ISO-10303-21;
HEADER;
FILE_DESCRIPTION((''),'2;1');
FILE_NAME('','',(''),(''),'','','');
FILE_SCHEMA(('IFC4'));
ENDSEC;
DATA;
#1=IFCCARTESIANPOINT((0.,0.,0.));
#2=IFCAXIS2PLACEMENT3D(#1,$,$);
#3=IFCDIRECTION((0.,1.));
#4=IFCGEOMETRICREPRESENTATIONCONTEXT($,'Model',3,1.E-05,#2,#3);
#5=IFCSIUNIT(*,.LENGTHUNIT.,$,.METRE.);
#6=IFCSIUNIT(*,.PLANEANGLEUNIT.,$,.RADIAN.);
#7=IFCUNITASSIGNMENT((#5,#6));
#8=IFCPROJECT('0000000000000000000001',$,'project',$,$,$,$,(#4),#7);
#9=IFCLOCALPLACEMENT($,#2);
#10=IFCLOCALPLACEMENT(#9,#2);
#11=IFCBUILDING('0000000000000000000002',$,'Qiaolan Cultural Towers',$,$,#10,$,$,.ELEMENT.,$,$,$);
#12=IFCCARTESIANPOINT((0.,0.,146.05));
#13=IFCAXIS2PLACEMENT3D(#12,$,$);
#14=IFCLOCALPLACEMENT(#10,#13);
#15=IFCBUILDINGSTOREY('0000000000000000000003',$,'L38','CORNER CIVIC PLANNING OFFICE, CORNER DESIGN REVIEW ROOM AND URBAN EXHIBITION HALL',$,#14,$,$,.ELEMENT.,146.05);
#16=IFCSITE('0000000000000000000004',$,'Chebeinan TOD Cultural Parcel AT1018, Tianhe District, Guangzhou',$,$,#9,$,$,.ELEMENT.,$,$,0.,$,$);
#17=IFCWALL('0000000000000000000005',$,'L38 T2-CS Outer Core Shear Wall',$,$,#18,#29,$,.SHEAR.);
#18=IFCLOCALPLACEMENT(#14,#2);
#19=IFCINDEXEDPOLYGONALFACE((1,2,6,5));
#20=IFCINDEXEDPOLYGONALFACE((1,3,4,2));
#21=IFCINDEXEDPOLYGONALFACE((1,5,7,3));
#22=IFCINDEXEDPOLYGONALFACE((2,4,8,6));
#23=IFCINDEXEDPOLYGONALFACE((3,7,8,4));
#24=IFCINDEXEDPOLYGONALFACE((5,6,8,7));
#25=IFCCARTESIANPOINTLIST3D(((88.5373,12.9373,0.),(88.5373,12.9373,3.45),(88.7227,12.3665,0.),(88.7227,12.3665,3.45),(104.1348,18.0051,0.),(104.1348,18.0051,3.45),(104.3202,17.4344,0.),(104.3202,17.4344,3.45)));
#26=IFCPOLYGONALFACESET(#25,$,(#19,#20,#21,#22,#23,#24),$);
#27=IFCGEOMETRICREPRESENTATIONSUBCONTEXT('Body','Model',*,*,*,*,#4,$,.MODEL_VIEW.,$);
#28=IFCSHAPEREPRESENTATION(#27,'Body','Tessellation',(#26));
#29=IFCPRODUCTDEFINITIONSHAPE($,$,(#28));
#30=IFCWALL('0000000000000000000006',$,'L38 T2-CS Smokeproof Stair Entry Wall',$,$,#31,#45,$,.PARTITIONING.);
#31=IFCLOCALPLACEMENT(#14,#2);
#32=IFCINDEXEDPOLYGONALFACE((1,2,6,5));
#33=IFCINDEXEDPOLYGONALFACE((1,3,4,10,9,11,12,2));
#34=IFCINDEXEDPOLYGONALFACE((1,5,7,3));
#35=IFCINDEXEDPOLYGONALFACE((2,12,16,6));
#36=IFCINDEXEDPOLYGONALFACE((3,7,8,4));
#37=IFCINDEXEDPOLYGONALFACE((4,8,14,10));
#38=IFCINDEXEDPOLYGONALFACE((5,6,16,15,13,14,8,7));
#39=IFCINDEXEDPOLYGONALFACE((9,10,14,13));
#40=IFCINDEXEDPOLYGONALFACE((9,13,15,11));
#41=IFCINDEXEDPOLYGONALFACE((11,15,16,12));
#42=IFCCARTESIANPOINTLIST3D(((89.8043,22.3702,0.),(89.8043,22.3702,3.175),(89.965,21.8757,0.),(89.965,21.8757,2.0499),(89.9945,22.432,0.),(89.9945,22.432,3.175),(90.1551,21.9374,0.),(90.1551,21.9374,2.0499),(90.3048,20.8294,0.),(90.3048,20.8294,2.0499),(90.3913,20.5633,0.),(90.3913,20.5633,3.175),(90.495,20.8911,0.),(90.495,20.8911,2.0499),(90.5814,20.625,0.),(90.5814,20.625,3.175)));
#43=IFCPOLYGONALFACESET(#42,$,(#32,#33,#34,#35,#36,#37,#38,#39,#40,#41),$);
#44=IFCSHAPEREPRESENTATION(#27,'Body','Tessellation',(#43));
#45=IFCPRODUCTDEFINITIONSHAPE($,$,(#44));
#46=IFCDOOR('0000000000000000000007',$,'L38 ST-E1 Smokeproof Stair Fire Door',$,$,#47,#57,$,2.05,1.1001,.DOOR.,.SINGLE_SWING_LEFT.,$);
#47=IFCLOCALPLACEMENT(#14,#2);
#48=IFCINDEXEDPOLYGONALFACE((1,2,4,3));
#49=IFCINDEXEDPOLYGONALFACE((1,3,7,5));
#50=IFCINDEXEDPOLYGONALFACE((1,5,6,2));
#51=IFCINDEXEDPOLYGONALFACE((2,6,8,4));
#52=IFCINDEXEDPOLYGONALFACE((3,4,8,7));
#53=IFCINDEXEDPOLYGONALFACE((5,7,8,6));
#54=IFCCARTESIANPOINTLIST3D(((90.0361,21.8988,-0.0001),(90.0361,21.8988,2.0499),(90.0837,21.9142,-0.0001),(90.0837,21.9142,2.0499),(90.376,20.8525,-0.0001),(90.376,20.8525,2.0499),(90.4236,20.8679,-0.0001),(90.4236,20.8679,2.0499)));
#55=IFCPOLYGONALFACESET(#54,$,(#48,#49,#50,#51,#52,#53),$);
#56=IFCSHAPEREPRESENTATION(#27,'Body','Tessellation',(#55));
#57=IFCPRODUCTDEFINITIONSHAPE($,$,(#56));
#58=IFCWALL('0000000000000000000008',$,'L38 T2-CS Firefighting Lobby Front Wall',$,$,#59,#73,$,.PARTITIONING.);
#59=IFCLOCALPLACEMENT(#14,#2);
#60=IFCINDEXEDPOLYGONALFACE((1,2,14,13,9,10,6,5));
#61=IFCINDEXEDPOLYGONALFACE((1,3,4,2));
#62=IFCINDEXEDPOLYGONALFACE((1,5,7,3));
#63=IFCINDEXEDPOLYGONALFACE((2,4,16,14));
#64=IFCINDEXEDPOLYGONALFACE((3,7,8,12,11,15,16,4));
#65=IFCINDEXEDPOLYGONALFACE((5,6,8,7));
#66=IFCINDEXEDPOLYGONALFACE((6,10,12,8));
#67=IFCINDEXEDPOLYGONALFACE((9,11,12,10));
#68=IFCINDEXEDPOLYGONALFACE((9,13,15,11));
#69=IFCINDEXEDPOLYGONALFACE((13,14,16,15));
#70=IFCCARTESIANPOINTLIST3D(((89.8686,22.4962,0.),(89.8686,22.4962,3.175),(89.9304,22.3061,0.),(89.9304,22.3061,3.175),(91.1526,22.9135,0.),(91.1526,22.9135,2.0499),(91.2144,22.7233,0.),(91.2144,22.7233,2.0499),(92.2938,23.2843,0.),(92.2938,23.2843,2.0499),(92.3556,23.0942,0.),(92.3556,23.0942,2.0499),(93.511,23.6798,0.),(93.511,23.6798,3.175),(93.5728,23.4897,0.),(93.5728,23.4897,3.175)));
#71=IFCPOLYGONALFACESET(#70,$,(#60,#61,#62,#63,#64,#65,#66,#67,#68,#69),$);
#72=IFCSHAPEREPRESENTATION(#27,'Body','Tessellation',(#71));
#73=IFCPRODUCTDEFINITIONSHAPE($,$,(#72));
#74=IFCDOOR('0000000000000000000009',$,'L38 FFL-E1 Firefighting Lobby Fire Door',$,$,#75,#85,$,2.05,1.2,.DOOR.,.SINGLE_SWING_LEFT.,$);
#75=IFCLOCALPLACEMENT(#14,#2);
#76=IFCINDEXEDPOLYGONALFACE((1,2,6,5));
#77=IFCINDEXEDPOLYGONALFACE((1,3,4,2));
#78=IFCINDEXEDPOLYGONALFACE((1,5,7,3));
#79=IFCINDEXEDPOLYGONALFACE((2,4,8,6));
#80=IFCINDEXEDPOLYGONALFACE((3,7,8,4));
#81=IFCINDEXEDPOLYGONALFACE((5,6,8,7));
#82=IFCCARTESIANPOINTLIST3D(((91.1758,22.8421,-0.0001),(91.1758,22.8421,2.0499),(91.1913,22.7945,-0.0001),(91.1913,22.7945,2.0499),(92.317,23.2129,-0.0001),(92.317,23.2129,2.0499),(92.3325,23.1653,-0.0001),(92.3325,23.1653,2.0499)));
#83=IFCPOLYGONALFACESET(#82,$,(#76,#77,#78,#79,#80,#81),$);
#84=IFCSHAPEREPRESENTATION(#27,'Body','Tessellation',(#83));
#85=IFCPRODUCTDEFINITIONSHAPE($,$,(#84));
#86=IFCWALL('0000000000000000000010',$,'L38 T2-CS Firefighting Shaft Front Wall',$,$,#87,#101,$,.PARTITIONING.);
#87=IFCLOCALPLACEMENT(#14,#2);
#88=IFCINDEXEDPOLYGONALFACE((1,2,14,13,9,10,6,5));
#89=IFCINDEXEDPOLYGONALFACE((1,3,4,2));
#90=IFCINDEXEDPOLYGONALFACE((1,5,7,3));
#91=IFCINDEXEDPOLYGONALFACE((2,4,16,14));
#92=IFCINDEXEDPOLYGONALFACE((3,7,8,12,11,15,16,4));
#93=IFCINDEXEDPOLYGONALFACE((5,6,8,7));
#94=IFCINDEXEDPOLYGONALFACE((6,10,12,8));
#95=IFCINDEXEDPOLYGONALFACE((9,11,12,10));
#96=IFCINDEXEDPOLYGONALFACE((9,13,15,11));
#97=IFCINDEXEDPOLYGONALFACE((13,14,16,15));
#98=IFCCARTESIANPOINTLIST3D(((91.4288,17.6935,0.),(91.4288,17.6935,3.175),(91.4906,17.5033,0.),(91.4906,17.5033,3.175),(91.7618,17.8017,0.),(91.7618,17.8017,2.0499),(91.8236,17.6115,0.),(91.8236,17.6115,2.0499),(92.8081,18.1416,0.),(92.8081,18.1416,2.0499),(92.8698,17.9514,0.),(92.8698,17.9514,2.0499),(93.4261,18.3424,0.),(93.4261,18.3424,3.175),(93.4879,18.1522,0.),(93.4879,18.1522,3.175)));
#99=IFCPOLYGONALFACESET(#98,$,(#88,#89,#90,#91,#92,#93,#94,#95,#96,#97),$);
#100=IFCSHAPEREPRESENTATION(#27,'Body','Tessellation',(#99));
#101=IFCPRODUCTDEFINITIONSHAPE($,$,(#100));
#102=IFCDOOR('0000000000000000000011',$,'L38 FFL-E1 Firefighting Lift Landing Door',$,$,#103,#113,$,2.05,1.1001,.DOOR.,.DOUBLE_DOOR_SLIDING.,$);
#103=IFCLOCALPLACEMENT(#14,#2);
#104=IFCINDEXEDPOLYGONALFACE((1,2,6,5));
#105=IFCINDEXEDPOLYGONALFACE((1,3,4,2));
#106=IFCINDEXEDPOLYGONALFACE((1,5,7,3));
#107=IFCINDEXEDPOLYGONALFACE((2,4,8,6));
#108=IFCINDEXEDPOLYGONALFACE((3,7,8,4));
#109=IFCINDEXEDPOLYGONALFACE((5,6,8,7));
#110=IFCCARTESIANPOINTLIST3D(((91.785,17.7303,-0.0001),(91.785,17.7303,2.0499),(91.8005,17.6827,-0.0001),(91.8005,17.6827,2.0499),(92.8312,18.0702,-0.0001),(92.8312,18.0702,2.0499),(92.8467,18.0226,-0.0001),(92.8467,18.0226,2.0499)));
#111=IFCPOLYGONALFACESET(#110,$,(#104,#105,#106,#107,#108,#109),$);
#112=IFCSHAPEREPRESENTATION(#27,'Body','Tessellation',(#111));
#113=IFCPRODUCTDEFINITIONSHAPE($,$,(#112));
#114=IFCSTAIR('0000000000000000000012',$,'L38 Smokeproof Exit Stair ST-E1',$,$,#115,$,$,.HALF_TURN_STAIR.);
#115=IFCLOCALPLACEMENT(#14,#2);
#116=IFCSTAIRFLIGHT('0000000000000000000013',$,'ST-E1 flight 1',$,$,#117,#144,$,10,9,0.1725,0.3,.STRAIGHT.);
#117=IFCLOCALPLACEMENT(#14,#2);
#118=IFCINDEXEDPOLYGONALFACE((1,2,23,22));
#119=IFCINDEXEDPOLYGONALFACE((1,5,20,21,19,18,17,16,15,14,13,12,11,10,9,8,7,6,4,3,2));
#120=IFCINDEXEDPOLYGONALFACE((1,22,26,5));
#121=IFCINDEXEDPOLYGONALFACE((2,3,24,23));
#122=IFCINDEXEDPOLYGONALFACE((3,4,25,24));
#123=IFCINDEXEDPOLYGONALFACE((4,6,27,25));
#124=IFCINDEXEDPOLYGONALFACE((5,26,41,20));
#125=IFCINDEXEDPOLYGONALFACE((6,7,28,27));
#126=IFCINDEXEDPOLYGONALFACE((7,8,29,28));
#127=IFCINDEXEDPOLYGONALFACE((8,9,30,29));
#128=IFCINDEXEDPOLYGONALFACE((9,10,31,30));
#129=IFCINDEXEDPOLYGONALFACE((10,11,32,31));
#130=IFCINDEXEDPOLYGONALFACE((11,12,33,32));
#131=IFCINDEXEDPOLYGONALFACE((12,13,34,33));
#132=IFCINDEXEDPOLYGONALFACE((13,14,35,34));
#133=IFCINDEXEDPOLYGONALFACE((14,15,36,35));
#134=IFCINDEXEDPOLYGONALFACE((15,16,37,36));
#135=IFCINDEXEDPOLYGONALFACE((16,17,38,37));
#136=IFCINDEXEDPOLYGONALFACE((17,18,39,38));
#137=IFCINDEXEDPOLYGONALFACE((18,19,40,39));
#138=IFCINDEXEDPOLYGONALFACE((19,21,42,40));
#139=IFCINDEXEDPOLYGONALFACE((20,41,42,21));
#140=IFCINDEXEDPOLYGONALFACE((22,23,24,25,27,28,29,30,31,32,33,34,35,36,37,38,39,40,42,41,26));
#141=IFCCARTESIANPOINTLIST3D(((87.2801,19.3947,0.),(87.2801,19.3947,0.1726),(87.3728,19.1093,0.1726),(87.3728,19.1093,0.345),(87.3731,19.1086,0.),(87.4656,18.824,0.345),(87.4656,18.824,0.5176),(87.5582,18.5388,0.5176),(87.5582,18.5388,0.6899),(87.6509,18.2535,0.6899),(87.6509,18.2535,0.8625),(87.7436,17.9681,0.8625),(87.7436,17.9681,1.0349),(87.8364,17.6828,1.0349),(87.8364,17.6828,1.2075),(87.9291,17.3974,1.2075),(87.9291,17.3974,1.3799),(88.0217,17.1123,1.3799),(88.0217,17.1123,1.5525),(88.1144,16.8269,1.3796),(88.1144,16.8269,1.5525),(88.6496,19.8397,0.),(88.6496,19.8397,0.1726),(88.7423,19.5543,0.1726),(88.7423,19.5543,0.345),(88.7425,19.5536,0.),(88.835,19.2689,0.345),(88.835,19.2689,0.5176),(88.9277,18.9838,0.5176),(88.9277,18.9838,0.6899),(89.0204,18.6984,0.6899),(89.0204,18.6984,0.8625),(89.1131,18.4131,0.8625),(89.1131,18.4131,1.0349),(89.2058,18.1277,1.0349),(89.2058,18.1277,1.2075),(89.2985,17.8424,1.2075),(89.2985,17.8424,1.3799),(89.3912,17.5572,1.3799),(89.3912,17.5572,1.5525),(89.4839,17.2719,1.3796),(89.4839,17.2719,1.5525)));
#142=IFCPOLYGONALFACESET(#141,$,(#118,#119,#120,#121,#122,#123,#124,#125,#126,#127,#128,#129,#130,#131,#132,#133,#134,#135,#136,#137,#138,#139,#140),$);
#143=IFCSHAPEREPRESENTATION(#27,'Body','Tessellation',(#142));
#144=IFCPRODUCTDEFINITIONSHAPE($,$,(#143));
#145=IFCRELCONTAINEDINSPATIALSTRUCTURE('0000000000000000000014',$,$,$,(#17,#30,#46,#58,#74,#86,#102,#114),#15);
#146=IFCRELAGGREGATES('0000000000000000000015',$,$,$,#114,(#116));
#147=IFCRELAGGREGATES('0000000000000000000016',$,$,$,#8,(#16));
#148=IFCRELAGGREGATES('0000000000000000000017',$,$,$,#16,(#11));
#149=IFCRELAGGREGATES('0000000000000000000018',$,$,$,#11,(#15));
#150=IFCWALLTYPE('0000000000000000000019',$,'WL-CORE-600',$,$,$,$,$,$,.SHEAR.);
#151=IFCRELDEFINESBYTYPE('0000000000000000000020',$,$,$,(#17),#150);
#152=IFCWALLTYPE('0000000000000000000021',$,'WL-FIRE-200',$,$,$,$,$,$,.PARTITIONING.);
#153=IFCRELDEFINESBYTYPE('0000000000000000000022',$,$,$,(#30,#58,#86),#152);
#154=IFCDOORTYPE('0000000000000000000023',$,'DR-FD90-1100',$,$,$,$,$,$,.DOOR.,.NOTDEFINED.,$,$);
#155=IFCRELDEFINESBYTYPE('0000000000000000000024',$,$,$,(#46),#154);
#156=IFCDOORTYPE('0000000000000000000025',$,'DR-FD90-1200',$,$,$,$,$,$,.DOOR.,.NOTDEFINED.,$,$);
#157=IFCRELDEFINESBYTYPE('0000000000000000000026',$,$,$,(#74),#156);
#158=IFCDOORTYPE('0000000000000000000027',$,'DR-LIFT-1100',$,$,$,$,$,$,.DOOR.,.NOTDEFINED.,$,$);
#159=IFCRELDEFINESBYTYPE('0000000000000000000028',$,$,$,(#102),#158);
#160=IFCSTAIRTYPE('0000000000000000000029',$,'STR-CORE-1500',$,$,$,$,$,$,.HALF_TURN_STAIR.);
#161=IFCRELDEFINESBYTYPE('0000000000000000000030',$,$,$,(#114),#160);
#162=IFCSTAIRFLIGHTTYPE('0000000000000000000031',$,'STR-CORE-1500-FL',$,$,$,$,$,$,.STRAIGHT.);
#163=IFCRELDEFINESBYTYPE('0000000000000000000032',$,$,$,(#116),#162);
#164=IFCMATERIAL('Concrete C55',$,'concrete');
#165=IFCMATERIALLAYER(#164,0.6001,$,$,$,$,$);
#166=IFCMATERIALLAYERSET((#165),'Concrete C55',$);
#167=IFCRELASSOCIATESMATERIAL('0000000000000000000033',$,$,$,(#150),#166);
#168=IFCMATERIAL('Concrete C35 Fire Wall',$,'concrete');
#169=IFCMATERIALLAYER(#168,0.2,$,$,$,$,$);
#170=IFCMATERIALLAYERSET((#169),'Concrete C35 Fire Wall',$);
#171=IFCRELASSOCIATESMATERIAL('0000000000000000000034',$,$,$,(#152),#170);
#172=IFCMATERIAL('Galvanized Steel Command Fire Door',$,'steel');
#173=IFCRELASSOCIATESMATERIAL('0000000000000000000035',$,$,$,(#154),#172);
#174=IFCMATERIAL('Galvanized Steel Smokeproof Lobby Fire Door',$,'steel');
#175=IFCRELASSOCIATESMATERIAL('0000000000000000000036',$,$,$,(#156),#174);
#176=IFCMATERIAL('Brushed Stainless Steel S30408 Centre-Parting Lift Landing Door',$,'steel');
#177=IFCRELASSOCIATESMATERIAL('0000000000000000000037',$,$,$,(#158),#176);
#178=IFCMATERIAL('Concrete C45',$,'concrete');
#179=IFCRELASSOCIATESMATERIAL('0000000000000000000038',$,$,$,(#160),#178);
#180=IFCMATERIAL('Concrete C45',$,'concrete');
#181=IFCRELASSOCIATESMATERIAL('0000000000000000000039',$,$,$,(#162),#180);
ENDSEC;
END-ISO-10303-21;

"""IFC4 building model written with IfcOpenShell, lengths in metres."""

from ifc_helpers import new_model, si_unit, direction, frame, frame_2d, origin, place, context, subcontext, project, spatial, polyline, rectangle, outline, extrude, material, layer, layer_set, type_object, element, fill, aggregate, save


model = new_model("IFC4")

# Units and contexts
model_context = context("Model", 3, precision=1e-05, world=origin(), true_north=direction((0.0, 1.0)))
body_context = subcontext(model_context, "Body", "Model", "MODEL_VIEW")
ifc_project = project(units=[si_unit("LENGTHUNIT", "METRE"), si_unit("PLANEANGLEUNIT", "RADIAN")], contexts=[model_context])

# Site, building, storey
site_placement = place(None, origin())
site = spatial("IfcSite", under=ifc_project, at=site_placement, Name="Chebeinan TOD Cultural Parcel AT1018, Tianhe District, Guangzhou", CompositionType="ELEMENT", RefElevation=0.0)
building_placement = place(site_placement, origin())
building = spatial("IfcBuilding", under=site, at=building_placement, Name="Qiaolan Cultural Towers", CompositionType="ELEMENT")
storey_placement = place(building_placement, frame((0.0, 0.0, 146.05)))
storey = spatial("IfcBuildingStorey", under=building, at=storey_placement, Name="L38", Description="CORNER CIVIC PLANNING OFFICE, CORNER DESIGN REVIEW ROOM AND URBAN EXHIBITION HALL", CompositionType="ELEMENT", Elevation=146.05)

# Wall
ifc_material_1 = material(Name="Concrete C55", Category="concrete")
ifc_layer_1 = layer(ifc_material_1, 0.6001)
ifc_layer_set_1 = layer_set([ifc_layer_1], Name="Concrete C55")
wall_type_1 = type_object("IfcWallType", Name="WL-CORE-600", PredefinedType="SHEAR", material=ifc_layer_set_1)
wall_1_placement = place(storey_placement, frame((88.6299, 12.6519, 0.0), z_axis=(0.0, 0.0, 1.0), x_axis=(0.951057, 0.309015, 0.0)))
element("IfcWall", 1, at=wall_1_placement, inside=storey, type_object=wall_type_1, Name="L38 T2-CS Outer Core Shear Wall", PredefinedType="SHEAR", context=body_context, shape_type="SweptSolid", body=[
    extrude(rectangle(XDim=16.4001, YDim=0.6001, at=frame_2d((8.2002, 0.0))), origin(), (0.0, 0.0, 1.0), 3.45),
])

# Walls, openings, doors
ifc_material_2 = material(Name="Concrete C35 Fire Wall", Category="concrete")
ifc_layer_2 = layer(ifc_material_2, 0.2)
ifc_layer_set_2 = layer_set([ifc_layer_2], Name="Concrete C35 Fire Wall")
wall_type_2 = type_object("IfcWallType", Name="WL-FIRE-200", PredefinedType="PARTITIONING", material=ifc_layer_set_2)
wall_2_placement = place(storey_placement, frame((89.8994, 22.4011, 0.0), z_axis=(0.0, 0.0, 1.0), x_axis=(0.308932, -0.951084, 0.0)))
wall_2 = element("IfcWall", 2, at=wall_2_placement, inside=storey, type_object=wall_type_2, Name="L38 T2-CS Smokeproof Stair Entry Wall", PredefinedType="PARTITIONING", context=body_context, shape_type="SweptSolid", body=[
    extrude(rectangle(XDim=1.8999, YDim=0.2, at=frame_2d((0.95, 0.0))), origin(), (0.0, 0.0, 1.0), 3.175),
])
opening_1_placement = place(wall_2_placement, frame((0.52, 0.0, 0.0)))
opening_1 = element("IfcOpeningElement", 3, at=opening_1_placement, cuts=wall_2, PredefinedType="OPENING", context=body_context, shape_type="SweptSolid", body=[
    extrude(rectangle(XDim=1.1001, YDim=2.05, at=frame_2d((0.55, 1.0249))), frame((0.0, 0.1099, 0.0), z_axis=(0.0, -1.0, 0.0), x_axis=(1.0, 0.0, 0.0)), (0.0, 0.0, 1.0), 0.22),
])
ifc_material_3 = material(Name="Galvanized Steel Command Fire Door", Category="steel")
door_type_1 = type_object("IfcDoorType", Name="DR-FD90-1100", OperationType="NOTDEFINED", PredefinedType="DOOR", material=ifc_material_3)
door_1_placement = place(opening_1_placement, origin())
door_1 = element("IfcDoor", 4, at=door_1_placement, inside=storey, type_object=door_type_1, Name="L38 ST-E1 Smokeproof Stair Fire Door", OperationType="SINGLE_SWING_LEFT", OverallHeight=2.05, OverallWidth=1.1001, PredefinedType="DOOR", context=body_context, shape_type="SweptSolid", body=[
    extrude(rectangle(XDim=1.1001, YDim=2.05, at=frame_2d((0.55, 1.0249))), frame((0.0, 0.0249, 0.0), z_axis=(0.0, -1.0, 0.0), x_axis=(1.0, 0.0, 0.0)), (0.0, 0.0, 1.0), 0.05),
])
fill(opening_1, door_1)
wall_3_placement = place(storey_placement, frame((89.8994, 22.4011, 0.0), z_axis=(0.0, 0.0, 1.0), x_axis=(0.951047, 0.309047, 0.0)))
wall_3 = element("IfcWall", 5, at=wall_3_placement, inside=storey, type_object=wall_type_2, Name="L38 T2-CS Firefighting Lobby Front Wall", PredefinedType="PARTITIONING", context=body_context, shape_type="SweptSolid", body=[
    extrude(rectangle(XDim=3.8298, YDim=0.2, at=frame_2d((1.915, 0.0))), origin(), (0.0, 0.0, 1.0), 3.175),
])
opening_2_placement = place(wall_3_placement, frame((1.3501, 0.0, 0.0)))
opening_2 = element("IfcOpeningElement", 6, at=opening_2_placement, cuts=wall_3, PredefinedType="OPENING", context=body_context, shape_type="SweptSolid", body=[
    extrude(rectangle(XDim=1.2, YDim=2.05, at=frame_2d((0.6001, 1.0249))), frame((0.0, 0.1099, 0.0), z_axis=(0.0, -1.0, 0.0), x_axis=(1.0, 0.0, 0.0)), (0.0, 0.0, 1.0), 0.22),
])
ifc_material_4 = material(Name="Galvanized Steel Smokeproof Lobby Fire Door", Category="steel")
door_type_2 = type_object("IfcDoorType", Name="DR-FD90-1200", OperationType="NOTDEFINED", PredefinedType="DOOR", material=ifc_material_4)
door_2_placement = place(opening_2_placement, origin())
door_2 = element("IfcDoor", 7, at=door_2_placement, inside=storey, type_object=door_type_2, Name="L38 FFL-E1 Firefighting Lobby Fire Door", OperationType="SINGLE_SWING_LEFT", OverallHeight=2.05, OverallWidth=1.2, PredefinedType="DOOR", context=body_context, shape_type="SweptSolid", body=[
    extrude(rectangle(XDim=1.2, YDim=2.05, at=frame_2d((0.6001, 1.0249))), frame((0.0, 0.0249, 0.0), z_axis=(0.0, -1.0, 0.0), x_axis=(1.0, 0.0, 0.0)), (0.0, 0.0, 1.0), 0.05),
])
fill(opening_2, door_2)
wall_4_placement = place(storey_placement, frame((91.4597, 17.5984, 0.0), z_axis=(0.0, 0.0, 1.0), x_axis=(0.951062, 0.308999, 0.0)))
wall_4 = element("IfcWall", 8, at=wall_4_placement, inside=storey, type_object=wall_type_2, Name="L38 T2-CS Firefighting Shaft Front Wall", PredefinedType="PARTITIONING", context=body_context, shape_type="SweptSolid", body=[
    extrude(rectangle(XDim=2.1001, YDim=0.2, at=frame_2d((1.05, 0.0))), origin(), (0.0, 0.0, 1.0), 3.175),
])
opening_3_placement = place(wall_4_placement, frame((0.3501, 0.0, 0.0)))
opening_3 = element("IfcOpeningElement", 9, at=opening_3_placement, cuts=wall_4, PredefinedType="OPENING", context=body_context, shape_type="SweptSolid", body=[
    extrude(rectangle(XDim=1.1001, YDim=2.05, at=frame_2d((0.55, 1.0249))), frame((0.0, 0.1099, 0.0), z_axis=(0.0, -1.0, 0.0), x_axis=(1.0, 0.0, 0.0)), (0.0, 0.0, 1.0), 0.22),
])
ifc_material_5 = material(Name="Brushed Stainless Steel S30408 Centre-Parting Lift Landing Door", Category="steel")
door_type_3 = type_object("IfcDoorType", Name="DR-LIFT-1100", OperationType="NOTDEFINED", PredefinedType="DOOR", material=ifc_material_5)
door_3_placement = place(opening_3_placement, origin())
door_3 = element("IfcDoor", 10, at=door_3_placement, inside=storey, type_object=door_type_3, Name="L38 FFL-E1 Firefighting Lift Landing Door", OperationType="DOUBLE_DOOR_SLIDING", OverallHeight=2.05, OverallWidth=1.1001, PredefinedType="DOOR", context=body_context, shape_type="SweptSolid", body=[
    extrude(rectangle(XDim=1.1001, YDim=2.05, at=frame_2d((0.55, 1.0249))), frame((0.0, 0.0249, 0.0), z_axis=(0.0, -1.0, 0.0), x_axis=(1.0, 0.0, 0.0)), (0.0, 0.0, 1.0), 0.05),
])
fill(opening_3, door_3)

# Stair, stair flight
ifc_material_6 = material(Name="Concrete C45", Category="concrete")
stair_type = type_object("IfcStairType", Name="STR-CORE-1500", PredefinedType="HALF_TURN_STAIR", material=ifc_material_6)
stair_placement = place(storey_placement, origin())
stair = element("IfcStair", 11, at=stair_placement, inside=storey, type_object=stair_type, Name="L38 Smokeproof Exit Stair ST-E1", PredefinedType="HALF_TURN_STAIR")
ifc_material_7 = material(Name="Concrete C45", Category="concrete")
stair_flight_type = type_object("IfcStairFlightType", Name="STR-CORE-1500-FL", PredefinedType="STRAIGHT", material=ifc_material_7)
stair_flight_1_placement = place(storey_placement, frame((87.9648, 19.6172, 0.0), z_axis=(0.0, 0.0, 1.0), x_axis=(0.309017, -0.951057, 0.0)))
stair_flight_1 = element("IfcStairFlight", 12, at=stair_flight_1_placement, type_object=stair_flight_type, Name="ST-E1 flight 1", NumberOfRisers=10, NumberOfTreads=9, PredefinedType="STRAIGHT", RiserHeight=0.1725, TreadLength=0.3, context=body_context, shape_type="SweptSolid", body=[
    extrude(outline(polyline([(0.0, 0.0), (0.0, 0.1726), (0.3, 0.1726), (0.3, 0.345), (0.6001, 0.345), (0.6001, 0.5176), (0.8999, 0.5176), (0.8999, 0.6899), (1.2, 0.6899), (1.2, 0.8625), (1.5, 0.8625), (1.5, 1.0349), (1.8, 1.0349), (1.8, 1.2075), (2.1001, 1.2075), (2.1001, 1.3799), (2.3999, 1.3799), (2.3999, 1.5525), (2.7, 1.5525), (2.7, 1.7251), (2.7, 1.3796), (0.3008, 0.0), (0.0, 0.0)])), frame((0.0, 0.72, 0.0), z_axis=(0.0, -1.0, 0.0), x_axis=(1.0, 0.0, 0.0)), (0.0, 0.0, 1.0), 1.4399),
])
aggregate(stair, [stair_flight_1])

save(model, "model.ifc")
